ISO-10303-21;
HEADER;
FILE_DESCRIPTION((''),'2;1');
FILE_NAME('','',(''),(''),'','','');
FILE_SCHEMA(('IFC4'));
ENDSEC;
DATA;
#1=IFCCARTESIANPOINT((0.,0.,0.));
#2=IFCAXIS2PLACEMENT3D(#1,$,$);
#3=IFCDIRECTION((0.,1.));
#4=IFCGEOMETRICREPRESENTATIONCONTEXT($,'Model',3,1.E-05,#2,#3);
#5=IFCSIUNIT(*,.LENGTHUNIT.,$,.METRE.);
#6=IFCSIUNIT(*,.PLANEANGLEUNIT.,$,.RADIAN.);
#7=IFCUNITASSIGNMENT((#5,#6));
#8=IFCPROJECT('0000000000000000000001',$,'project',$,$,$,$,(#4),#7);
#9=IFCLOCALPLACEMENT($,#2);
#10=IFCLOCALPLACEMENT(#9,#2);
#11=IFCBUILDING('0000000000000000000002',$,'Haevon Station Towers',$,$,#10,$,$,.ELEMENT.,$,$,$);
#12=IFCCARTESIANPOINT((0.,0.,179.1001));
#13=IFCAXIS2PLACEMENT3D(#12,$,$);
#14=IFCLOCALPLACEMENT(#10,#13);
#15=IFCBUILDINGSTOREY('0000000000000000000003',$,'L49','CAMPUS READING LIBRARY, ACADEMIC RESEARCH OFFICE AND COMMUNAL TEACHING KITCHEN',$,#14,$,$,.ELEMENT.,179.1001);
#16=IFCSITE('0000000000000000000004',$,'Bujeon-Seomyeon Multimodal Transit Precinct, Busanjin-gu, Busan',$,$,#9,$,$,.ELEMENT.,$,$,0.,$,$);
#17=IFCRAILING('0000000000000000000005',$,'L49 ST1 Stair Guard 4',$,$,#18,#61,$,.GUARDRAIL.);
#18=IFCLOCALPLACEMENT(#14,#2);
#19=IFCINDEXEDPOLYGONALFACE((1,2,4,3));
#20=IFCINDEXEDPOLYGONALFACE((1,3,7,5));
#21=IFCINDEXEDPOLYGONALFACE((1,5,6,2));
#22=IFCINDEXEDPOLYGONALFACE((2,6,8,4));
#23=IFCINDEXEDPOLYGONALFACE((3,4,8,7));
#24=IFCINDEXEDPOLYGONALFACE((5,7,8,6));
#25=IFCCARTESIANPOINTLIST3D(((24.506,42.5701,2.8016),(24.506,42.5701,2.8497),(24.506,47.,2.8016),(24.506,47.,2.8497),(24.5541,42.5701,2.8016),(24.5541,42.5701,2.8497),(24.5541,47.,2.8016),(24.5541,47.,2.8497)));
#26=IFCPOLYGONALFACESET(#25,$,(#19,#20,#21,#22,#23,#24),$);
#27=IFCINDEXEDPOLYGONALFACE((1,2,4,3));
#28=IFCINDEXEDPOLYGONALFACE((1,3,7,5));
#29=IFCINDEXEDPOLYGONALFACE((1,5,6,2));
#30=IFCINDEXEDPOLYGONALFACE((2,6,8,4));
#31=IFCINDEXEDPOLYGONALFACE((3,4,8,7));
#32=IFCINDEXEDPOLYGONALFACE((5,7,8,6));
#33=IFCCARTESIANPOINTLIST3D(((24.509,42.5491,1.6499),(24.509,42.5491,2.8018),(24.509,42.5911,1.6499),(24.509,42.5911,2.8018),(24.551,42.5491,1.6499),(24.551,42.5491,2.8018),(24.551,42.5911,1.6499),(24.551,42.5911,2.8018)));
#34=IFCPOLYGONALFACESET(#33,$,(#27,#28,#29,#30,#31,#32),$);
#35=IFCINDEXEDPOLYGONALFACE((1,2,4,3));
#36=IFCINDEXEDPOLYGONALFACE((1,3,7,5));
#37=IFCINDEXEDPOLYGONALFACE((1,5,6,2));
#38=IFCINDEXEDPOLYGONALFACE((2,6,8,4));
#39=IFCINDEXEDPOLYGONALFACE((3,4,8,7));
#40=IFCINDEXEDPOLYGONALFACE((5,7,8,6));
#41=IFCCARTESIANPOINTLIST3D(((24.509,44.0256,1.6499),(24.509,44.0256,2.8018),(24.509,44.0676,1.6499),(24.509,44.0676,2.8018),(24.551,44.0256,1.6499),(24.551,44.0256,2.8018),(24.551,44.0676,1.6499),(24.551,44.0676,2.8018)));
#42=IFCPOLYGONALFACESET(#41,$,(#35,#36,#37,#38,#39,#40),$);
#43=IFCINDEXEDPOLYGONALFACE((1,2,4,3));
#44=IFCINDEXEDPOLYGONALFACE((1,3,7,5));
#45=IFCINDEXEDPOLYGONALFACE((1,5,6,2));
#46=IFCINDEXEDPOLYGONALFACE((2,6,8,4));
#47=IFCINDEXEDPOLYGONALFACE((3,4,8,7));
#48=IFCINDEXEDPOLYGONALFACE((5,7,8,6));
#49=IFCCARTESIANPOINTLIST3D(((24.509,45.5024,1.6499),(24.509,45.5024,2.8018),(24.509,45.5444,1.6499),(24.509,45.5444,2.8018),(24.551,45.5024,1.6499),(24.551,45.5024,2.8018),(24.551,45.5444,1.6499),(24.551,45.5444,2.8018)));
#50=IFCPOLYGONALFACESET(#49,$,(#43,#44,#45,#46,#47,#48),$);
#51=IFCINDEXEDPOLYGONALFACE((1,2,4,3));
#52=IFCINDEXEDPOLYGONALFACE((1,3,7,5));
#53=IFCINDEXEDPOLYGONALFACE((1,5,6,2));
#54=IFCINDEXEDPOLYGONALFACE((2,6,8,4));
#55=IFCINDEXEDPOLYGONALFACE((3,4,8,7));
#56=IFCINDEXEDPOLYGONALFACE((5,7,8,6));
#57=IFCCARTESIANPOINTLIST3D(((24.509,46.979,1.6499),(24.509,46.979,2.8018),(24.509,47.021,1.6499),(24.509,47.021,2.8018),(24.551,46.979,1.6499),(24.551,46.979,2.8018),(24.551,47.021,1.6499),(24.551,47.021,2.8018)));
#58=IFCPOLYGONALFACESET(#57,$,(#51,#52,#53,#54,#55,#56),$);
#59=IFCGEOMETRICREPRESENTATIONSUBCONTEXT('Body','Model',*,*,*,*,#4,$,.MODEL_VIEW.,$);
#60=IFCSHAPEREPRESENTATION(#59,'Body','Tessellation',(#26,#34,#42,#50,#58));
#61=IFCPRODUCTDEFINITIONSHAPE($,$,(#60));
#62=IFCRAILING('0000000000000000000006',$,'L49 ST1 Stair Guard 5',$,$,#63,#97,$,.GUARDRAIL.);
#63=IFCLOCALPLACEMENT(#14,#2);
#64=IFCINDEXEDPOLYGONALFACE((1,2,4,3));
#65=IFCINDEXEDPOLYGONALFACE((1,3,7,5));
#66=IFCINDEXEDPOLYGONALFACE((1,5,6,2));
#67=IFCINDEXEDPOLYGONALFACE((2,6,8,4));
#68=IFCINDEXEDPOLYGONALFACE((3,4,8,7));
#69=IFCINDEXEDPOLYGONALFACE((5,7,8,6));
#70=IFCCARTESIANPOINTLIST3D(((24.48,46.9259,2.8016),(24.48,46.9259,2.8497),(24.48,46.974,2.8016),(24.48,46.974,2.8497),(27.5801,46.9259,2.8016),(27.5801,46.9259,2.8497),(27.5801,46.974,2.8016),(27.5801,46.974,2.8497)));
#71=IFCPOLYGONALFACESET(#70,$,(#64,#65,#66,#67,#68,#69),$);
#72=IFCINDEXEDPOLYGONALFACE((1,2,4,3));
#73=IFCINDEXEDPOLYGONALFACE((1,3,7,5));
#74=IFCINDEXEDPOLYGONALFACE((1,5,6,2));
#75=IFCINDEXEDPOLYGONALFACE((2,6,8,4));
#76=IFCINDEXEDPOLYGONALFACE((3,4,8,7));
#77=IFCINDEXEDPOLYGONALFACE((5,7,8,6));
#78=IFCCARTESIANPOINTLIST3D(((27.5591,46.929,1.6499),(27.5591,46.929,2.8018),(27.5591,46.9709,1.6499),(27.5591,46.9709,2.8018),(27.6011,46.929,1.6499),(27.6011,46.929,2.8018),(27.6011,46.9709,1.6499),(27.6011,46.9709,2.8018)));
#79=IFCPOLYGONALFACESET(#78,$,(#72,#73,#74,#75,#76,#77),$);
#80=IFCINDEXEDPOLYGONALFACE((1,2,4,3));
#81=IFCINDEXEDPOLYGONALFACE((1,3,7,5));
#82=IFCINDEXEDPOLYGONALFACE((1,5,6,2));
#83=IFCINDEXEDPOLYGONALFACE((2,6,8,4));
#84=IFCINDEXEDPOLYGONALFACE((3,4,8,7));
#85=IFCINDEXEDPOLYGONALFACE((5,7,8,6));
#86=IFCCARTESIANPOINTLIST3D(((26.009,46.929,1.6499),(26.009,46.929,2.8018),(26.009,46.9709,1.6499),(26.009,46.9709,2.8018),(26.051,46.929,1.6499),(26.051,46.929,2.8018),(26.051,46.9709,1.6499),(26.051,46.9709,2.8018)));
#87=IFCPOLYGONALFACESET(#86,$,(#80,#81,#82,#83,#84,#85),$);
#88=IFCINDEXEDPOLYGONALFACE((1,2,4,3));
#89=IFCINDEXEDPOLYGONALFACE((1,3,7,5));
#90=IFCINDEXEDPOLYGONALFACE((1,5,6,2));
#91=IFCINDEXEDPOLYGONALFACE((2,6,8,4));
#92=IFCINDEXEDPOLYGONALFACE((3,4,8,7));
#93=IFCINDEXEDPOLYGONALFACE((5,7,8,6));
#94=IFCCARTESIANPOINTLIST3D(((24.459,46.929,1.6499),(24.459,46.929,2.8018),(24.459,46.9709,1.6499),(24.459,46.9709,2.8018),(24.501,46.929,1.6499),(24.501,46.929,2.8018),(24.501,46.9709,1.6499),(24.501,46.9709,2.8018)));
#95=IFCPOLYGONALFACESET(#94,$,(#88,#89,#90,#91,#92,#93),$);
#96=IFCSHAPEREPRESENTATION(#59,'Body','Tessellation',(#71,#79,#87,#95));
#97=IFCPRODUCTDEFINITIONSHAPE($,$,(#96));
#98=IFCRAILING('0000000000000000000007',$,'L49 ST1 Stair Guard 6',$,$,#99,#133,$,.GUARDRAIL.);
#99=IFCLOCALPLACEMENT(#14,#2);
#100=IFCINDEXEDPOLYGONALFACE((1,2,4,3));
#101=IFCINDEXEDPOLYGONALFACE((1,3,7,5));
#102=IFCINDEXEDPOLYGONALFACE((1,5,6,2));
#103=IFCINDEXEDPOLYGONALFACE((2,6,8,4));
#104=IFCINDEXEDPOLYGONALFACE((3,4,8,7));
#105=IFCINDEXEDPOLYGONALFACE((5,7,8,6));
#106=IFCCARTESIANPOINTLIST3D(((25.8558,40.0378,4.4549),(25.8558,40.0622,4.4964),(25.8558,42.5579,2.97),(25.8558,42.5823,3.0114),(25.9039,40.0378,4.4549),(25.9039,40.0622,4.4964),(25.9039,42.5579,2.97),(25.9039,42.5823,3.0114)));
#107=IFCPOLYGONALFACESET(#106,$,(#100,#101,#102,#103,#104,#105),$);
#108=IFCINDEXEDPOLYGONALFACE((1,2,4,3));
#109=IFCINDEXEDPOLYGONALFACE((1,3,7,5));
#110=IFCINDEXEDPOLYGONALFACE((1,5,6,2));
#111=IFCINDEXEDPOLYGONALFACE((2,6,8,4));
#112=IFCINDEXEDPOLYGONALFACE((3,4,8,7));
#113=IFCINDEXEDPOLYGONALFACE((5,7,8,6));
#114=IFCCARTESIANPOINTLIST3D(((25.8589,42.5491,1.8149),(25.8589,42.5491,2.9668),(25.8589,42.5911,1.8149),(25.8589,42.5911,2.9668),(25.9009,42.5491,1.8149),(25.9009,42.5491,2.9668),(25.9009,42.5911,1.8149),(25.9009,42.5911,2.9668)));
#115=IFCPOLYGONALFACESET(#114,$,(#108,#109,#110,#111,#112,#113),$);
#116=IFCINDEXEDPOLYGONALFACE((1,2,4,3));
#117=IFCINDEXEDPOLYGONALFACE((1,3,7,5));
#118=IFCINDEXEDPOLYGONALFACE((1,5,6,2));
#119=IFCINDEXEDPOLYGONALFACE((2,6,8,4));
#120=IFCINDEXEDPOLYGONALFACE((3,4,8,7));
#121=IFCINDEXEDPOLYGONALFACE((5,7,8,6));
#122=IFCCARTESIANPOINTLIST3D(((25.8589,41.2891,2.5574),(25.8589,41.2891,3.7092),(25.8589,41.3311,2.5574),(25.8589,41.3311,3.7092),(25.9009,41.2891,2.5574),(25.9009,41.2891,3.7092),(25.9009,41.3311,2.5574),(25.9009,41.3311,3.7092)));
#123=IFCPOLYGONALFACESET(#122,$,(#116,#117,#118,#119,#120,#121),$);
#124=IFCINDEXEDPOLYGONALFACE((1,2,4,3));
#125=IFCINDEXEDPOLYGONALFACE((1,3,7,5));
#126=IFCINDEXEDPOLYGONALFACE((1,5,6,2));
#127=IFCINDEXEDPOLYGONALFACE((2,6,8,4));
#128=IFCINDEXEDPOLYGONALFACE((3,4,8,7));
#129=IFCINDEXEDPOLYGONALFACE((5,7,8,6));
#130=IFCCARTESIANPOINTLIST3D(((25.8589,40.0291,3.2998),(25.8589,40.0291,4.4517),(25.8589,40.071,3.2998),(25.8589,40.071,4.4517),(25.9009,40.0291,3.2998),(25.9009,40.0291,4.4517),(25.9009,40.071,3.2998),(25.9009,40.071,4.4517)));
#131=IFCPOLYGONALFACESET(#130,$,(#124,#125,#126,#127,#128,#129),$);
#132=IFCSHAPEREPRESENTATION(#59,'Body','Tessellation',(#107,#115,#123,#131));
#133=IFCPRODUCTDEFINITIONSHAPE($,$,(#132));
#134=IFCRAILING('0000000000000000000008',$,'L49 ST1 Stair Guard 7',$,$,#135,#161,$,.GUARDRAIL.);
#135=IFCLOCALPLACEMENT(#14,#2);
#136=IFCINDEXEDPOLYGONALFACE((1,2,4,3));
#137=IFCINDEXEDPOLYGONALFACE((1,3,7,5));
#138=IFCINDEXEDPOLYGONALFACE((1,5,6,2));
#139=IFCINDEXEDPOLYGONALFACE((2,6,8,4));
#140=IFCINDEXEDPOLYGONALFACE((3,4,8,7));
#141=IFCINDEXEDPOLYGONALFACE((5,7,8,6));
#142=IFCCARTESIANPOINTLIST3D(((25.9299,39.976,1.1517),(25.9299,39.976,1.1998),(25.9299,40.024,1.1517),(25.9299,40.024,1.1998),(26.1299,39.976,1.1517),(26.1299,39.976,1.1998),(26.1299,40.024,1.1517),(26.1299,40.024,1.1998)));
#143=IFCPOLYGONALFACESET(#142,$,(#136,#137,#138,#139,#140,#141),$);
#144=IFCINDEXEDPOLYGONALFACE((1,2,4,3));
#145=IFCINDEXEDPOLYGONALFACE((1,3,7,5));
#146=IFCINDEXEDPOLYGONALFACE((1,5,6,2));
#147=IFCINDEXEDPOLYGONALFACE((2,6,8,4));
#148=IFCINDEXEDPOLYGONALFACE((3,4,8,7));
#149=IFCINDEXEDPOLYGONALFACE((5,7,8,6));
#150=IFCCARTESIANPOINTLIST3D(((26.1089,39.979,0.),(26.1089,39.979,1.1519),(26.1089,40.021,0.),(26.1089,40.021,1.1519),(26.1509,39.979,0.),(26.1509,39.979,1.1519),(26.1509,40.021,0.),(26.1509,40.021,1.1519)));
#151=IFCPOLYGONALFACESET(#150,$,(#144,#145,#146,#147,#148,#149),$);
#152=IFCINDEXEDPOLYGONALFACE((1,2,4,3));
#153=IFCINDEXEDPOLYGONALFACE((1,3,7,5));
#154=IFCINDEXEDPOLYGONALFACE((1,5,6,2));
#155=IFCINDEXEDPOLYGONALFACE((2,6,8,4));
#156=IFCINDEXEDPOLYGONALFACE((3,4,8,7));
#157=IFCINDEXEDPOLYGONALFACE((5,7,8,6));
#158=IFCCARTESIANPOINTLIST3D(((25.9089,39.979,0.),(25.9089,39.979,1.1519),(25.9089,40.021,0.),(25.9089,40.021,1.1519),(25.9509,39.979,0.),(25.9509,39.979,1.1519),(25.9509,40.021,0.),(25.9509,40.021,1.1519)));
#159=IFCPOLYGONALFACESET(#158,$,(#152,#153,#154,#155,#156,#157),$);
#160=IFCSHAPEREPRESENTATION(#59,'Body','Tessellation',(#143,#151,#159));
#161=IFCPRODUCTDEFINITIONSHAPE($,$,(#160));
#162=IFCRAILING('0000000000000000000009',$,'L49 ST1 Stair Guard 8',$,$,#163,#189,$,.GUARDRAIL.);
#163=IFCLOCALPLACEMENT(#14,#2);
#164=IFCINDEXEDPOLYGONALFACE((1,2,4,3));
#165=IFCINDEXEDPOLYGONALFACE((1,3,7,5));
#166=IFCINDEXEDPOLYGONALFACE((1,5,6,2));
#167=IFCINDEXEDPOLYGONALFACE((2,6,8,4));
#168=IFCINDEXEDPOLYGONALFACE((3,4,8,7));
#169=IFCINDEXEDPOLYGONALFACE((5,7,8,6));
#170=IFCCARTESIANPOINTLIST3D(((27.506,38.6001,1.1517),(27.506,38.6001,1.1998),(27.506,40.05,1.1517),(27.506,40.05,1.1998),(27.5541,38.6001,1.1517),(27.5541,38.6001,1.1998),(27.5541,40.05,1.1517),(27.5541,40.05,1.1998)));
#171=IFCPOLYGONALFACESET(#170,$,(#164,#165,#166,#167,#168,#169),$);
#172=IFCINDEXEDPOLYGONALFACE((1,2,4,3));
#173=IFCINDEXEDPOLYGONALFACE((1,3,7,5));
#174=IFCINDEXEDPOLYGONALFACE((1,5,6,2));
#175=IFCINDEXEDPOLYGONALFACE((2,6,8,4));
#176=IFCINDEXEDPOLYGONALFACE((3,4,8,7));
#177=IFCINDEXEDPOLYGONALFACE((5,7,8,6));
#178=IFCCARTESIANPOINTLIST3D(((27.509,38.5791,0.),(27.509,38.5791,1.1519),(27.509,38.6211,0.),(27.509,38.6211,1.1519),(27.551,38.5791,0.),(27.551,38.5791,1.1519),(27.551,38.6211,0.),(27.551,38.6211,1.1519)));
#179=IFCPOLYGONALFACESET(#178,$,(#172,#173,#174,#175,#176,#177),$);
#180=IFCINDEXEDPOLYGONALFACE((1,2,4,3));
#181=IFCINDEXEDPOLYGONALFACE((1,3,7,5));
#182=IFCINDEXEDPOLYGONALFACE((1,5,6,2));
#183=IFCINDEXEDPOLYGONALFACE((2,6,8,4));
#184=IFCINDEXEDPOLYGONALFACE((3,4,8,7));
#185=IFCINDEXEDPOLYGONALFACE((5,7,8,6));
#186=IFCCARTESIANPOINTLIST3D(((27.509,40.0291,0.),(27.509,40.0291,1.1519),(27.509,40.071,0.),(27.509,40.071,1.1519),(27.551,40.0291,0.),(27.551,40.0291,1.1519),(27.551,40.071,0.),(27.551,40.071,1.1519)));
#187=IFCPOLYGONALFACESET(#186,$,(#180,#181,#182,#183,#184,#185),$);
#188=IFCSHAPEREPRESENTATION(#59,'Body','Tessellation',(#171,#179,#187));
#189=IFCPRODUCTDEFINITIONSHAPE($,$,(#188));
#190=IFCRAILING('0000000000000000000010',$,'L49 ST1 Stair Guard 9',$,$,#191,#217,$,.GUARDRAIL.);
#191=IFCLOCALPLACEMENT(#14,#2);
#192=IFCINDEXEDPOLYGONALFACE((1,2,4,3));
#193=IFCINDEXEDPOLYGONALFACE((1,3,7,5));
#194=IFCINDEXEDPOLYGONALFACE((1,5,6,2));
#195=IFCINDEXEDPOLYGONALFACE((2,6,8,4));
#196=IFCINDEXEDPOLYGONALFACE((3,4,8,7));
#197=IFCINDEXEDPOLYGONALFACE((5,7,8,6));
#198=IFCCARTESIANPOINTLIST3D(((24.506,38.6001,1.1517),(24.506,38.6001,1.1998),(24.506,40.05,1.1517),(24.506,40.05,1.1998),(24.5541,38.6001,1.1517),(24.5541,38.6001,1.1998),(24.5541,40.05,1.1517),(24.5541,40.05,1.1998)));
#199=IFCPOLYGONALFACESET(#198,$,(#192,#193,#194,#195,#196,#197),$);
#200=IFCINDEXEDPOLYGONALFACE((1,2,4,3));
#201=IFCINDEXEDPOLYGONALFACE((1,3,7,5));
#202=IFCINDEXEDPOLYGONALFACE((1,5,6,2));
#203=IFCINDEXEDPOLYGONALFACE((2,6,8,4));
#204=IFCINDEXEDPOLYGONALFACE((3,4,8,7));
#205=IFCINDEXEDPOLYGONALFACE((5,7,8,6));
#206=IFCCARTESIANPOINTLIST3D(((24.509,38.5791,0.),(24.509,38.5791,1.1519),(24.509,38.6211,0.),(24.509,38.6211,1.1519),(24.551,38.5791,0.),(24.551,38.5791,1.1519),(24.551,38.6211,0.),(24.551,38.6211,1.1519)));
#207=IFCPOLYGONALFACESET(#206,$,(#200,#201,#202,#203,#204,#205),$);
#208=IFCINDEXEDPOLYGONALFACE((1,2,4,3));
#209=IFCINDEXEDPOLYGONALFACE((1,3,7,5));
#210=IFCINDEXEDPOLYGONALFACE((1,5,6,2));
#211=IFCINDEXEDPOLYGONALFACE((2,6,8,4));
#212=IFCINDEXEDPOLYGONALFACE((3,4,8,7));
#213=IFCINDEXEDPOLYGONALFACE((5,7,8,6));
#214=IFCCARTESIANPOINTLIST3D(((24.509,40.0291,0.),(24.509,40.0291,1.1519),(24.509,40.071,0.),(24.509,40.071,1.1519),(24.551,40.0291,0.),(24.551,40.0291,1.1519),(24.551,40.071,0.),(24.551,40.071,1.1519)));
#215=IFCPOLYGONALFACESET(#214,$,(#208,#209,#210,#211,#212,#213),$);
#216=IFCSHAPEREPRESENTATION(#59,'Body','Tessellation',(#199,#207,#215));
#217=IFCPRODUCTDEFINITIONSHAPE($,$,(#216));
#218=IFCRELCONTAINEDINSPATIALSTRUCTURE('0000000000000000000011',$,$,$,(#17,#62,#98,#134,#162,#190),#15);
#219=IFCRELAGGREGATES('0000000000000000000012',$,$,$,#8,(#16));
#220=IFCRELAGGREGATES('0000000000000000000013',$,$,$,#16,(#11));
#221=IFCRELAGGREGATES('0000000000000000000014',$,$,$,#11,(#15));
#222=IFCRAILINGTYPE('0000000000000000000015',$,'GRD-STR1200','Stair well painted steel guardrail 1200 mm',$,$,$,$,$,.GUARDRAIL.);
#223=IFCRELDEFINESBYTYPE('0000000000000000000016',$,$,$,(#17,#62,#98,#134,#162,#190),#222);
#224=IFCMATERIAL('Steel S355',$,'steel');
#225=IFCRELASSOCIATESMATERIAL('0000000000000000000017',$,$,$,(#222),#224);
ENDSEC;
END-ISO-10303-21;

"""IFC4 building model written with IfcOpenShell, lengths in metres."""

from ifc_helpers import new_model, si_unit, direction, frame, origin, origin_2d, place, context, subcontext, project, spatial, rectangle, extrude, material, type_object, element, save


model = new_model("IFC4")

# Units and contexts
model_context = context("Model", 3, precision=1e-05, world=origin(), true_north=direction((0.0, 1.0)))
body_context = subcontext(model_context, "Body", "Model", "MODEL_VIEW")
ifc_project = project(units=[si_unit("LENGTHUNIT", "METRE"), si_unit("PLANEANGLEUNIT", "RADIAN")], contexts=[model_context])

# Site, building, storey
site_placement = place(None, origin())
site = spatial("IfcSite", under=ifc_project, at=site_placement, Name="Bujeon-Seomyeon Multimodal Transit Precinct, Busanjin-gu, Busan", CompositionType="ELEMENT", RefElevation=0.0)
building_placement = place(site_placement, origin())
building = spatial("IfcBuilding", under=site, at=building_placement, Name="Haevon Station Towers", CompositionType="ELEMENT")
storey_placement = place(building_placement, frame((0.0, 0.0, 179.1001)))
storey = spatial("IfcBuildingStorey", under=building, at=storey_placement, Name="L49", Description="CAMPUS READING LIBRARY, ACADEMIC RESEARCH OFFICE AND COMMUNAL TEACHING KITCHEN", CompositionType="ELEMENT", Elevation=179.1001)

# Shared definitions
ifc_material_1 = material(Name="Steel S355", Category="steel")

# Railings
railing_type_1 = type_object("IfcRailingType", Name="GRD-STR1200", Description="Stair well painted steel guardrail 1200 mm", PredefinedType="GUARDRAIL", material=ifc_material_1)
for number, where, name in (
    (1, (24.53, 42.5701, 1.6499), "L49 ST1 Stair Guard 4"),
):
    element("IfcRailing", number, at=place(storey_placement, frame(where)), inside=storey, type_object=railing_type_1, Name=name, PredefinedType="GUARDRAIL", context=body_context, shape_type="SweptSolid", body=[
        extrude(rectangle(XDim=0.0481, YDim=0.0481, at=origin_2d()), frame((0.0, 0.0, 1.1758), z_axis=(0.0, 1.0, 0.0), x_axis=(-1.0, 0.0, 0.0)), (0.0, 0.0, 1.0), 4.4299),
        extrude(rectangle(XDim=0.042, YDim=0.042, at=origin_2d()), origin(), (0.0, 0.0, 1.0), 1.1519),
        extrude(rectangle(XDim=0.042, YDim=0.042, at=origin_2d()), frame((0.0, 1.4766, 0.0)), (0.0, 0.0, 1.0), 1.1519),
        extrude(rectangle(XDim=0.042, YDim=0.042, at=origin_2d()), frame((0.0, 2.9534, 0.0)), (0.0, 0.0, 1.0), 1.1519),
        extrude(rectangle(XDim=0.042, YDim=0.042, at=origin_2d()), frame((0.0, 4.4299, 0.0)), (0.0, 0.0, 1.0), 1.1519),
    ])
railing_1_placement = place(storey_placement, frame((27.5801, 46.95, 1.6499)))
element("IfcRailing", 2, at=railing_1_placement, inside=storey, type_object=railing_type_1, Name="L49 ST1 Stair Guard 5", PredefinedType="GUARDRAIL", context=body_context, shape_type="SweptSolid", body=[
    extrude(rectangle(XDim=0.0481, YDim=0.0481, at=origin_2d()), frame((0.0, 0.0, 1.1758), z_axis=(-1.0, 0.0, 0.0), x_axis=(0.0, -1.0, 0.0)), (0.0, 0.0, 1.0), 3.1001),
    extrude(rectangle(XDim=0.042, YDim=0.042, at=origin_2d()), origin(), (0.0, 0.0, 1.0), 1.1519),
    extrude(rectangle(XDim=0.042, YDim=0.042, at=origin_2d()), frame((-1.55, 0.0, 0.0)), (0.0, 0.0, 1.0), 1.1519),
    extrude(rectangle(XDim=0.042, YDim=0.042, at=origin_2d()), frame((-3.1001, 0.0, 0.0)), (0.0, 0.0, 1.0), 1.1519),
])
railing_2_placement = place(storey_placement, frame((25.8799, 42.5701, 1.8149)))
element("IfcRailing", 3, at=railing_2_placement, inside=storey, type_object=railing_type_1, Name="L49 ST1 Stair Guard 6", PredefinedType="GUARDRAIL", context=body_context, shape_type="SweptSolid", body=[
    extrude(rectangle(XDim=0.0481, YDim=0.0481, at=origin_2d()), frame((0.0, 0.0, 1.1758), z_axis=(0.0, -0.861561, 0.507655), x_axis=(1.0, 0.0, 0.0)), (0.0, 0.0, 1.0), 2.925),
    extrude(rectangle(XDim=0.042, YDim=0.042, at=origin_2d()), origin(), (0.0, 0.0, 1.0), 1.1519),
    extrude(rectangle(XDim=0.042, YDim=0.042, at=origin_2d()), frame((0.0, -1.26, 0.7424)), (0.0, 0.0, 1.0), 1.1519),
    extrude(rectangle(XDim=0.042, YDim=0.042, at=origin_2d()), frame((0.0, -2.52, 1.4849)), (0.0, 0.0, 1.0), 1.1519),
])
railing_3_placement = place(storey_placement, frame((26.1299, 40.0, 0.0)))
element("IfcRailing", 4, at=railing_3_placement, inside=storey, type_object=railing_type_1, Name="L49 ST1 Stair Guard 7", PredefinedType="GUARDRAIL", context=body_context, shape_type="SweptSolid", body=[
    extrude(rectangle(XDim=0.0481, YDim=0.0481, at=origin_2d()), frame((0.0, 0.0, 1.1758), z_axis=(-1.0, 0.0, 0.0), x_axis=(0.0, -1.0, 0.0)), (0.0, 0.0, 1.0), 0.2),
    extrude(rectangle(XDim=0.042, YDim=0.042, at=origin_2d()), origin(), (0.0, 0.0, 1.0), 1.1519),
    extrude(rectangle(XDim=0.042, YDim=0.042, at=origin_2d()), frame((-0.2, 0.0, 0.0)), (0.0, 0.0, 1.0), 1.1519),
])
for number, where, name in (
    (5, (27.53, 38.6001, 0.0), "L49 ST1 Stair Guard 8"),
    (6, (24.53, 38.6001, 0.0), "L49 ST1 Stair Guard 9"),
):
    element("IfcRailing", number, at=place(storey_placement, frame(where)), inside=storey, type_object=railing_type_1, Name=name, PredefinedType="GUARDRAIL", context=body_context, shape_type="SweptSolid", body=[
        extrude(rectangle(XDim=0.0481, YDim=0.0481, at=origin_2d()), frame((0.0, 0.0, 1.1758), z_axis=(0.0, 1.0, 0.0), x_axis=(-1.0, 0.0, 0.0)), (0.0, 0.0, 1.0), 1.45),
        extrude(rectangle(XDim=0.042, YDim=0.042, at=origin_2d()), origin(), (0.0, 0.0, 1.0), 1.1519),
        extrude(rectangle(XDim=0.042, YDim=0.042, at=origin_2d()), frame((0.0, 1.45, 0.0)), (0.0, 0.0, 1.0), 1.1519),
    ])

save(model, "model.ifc")
